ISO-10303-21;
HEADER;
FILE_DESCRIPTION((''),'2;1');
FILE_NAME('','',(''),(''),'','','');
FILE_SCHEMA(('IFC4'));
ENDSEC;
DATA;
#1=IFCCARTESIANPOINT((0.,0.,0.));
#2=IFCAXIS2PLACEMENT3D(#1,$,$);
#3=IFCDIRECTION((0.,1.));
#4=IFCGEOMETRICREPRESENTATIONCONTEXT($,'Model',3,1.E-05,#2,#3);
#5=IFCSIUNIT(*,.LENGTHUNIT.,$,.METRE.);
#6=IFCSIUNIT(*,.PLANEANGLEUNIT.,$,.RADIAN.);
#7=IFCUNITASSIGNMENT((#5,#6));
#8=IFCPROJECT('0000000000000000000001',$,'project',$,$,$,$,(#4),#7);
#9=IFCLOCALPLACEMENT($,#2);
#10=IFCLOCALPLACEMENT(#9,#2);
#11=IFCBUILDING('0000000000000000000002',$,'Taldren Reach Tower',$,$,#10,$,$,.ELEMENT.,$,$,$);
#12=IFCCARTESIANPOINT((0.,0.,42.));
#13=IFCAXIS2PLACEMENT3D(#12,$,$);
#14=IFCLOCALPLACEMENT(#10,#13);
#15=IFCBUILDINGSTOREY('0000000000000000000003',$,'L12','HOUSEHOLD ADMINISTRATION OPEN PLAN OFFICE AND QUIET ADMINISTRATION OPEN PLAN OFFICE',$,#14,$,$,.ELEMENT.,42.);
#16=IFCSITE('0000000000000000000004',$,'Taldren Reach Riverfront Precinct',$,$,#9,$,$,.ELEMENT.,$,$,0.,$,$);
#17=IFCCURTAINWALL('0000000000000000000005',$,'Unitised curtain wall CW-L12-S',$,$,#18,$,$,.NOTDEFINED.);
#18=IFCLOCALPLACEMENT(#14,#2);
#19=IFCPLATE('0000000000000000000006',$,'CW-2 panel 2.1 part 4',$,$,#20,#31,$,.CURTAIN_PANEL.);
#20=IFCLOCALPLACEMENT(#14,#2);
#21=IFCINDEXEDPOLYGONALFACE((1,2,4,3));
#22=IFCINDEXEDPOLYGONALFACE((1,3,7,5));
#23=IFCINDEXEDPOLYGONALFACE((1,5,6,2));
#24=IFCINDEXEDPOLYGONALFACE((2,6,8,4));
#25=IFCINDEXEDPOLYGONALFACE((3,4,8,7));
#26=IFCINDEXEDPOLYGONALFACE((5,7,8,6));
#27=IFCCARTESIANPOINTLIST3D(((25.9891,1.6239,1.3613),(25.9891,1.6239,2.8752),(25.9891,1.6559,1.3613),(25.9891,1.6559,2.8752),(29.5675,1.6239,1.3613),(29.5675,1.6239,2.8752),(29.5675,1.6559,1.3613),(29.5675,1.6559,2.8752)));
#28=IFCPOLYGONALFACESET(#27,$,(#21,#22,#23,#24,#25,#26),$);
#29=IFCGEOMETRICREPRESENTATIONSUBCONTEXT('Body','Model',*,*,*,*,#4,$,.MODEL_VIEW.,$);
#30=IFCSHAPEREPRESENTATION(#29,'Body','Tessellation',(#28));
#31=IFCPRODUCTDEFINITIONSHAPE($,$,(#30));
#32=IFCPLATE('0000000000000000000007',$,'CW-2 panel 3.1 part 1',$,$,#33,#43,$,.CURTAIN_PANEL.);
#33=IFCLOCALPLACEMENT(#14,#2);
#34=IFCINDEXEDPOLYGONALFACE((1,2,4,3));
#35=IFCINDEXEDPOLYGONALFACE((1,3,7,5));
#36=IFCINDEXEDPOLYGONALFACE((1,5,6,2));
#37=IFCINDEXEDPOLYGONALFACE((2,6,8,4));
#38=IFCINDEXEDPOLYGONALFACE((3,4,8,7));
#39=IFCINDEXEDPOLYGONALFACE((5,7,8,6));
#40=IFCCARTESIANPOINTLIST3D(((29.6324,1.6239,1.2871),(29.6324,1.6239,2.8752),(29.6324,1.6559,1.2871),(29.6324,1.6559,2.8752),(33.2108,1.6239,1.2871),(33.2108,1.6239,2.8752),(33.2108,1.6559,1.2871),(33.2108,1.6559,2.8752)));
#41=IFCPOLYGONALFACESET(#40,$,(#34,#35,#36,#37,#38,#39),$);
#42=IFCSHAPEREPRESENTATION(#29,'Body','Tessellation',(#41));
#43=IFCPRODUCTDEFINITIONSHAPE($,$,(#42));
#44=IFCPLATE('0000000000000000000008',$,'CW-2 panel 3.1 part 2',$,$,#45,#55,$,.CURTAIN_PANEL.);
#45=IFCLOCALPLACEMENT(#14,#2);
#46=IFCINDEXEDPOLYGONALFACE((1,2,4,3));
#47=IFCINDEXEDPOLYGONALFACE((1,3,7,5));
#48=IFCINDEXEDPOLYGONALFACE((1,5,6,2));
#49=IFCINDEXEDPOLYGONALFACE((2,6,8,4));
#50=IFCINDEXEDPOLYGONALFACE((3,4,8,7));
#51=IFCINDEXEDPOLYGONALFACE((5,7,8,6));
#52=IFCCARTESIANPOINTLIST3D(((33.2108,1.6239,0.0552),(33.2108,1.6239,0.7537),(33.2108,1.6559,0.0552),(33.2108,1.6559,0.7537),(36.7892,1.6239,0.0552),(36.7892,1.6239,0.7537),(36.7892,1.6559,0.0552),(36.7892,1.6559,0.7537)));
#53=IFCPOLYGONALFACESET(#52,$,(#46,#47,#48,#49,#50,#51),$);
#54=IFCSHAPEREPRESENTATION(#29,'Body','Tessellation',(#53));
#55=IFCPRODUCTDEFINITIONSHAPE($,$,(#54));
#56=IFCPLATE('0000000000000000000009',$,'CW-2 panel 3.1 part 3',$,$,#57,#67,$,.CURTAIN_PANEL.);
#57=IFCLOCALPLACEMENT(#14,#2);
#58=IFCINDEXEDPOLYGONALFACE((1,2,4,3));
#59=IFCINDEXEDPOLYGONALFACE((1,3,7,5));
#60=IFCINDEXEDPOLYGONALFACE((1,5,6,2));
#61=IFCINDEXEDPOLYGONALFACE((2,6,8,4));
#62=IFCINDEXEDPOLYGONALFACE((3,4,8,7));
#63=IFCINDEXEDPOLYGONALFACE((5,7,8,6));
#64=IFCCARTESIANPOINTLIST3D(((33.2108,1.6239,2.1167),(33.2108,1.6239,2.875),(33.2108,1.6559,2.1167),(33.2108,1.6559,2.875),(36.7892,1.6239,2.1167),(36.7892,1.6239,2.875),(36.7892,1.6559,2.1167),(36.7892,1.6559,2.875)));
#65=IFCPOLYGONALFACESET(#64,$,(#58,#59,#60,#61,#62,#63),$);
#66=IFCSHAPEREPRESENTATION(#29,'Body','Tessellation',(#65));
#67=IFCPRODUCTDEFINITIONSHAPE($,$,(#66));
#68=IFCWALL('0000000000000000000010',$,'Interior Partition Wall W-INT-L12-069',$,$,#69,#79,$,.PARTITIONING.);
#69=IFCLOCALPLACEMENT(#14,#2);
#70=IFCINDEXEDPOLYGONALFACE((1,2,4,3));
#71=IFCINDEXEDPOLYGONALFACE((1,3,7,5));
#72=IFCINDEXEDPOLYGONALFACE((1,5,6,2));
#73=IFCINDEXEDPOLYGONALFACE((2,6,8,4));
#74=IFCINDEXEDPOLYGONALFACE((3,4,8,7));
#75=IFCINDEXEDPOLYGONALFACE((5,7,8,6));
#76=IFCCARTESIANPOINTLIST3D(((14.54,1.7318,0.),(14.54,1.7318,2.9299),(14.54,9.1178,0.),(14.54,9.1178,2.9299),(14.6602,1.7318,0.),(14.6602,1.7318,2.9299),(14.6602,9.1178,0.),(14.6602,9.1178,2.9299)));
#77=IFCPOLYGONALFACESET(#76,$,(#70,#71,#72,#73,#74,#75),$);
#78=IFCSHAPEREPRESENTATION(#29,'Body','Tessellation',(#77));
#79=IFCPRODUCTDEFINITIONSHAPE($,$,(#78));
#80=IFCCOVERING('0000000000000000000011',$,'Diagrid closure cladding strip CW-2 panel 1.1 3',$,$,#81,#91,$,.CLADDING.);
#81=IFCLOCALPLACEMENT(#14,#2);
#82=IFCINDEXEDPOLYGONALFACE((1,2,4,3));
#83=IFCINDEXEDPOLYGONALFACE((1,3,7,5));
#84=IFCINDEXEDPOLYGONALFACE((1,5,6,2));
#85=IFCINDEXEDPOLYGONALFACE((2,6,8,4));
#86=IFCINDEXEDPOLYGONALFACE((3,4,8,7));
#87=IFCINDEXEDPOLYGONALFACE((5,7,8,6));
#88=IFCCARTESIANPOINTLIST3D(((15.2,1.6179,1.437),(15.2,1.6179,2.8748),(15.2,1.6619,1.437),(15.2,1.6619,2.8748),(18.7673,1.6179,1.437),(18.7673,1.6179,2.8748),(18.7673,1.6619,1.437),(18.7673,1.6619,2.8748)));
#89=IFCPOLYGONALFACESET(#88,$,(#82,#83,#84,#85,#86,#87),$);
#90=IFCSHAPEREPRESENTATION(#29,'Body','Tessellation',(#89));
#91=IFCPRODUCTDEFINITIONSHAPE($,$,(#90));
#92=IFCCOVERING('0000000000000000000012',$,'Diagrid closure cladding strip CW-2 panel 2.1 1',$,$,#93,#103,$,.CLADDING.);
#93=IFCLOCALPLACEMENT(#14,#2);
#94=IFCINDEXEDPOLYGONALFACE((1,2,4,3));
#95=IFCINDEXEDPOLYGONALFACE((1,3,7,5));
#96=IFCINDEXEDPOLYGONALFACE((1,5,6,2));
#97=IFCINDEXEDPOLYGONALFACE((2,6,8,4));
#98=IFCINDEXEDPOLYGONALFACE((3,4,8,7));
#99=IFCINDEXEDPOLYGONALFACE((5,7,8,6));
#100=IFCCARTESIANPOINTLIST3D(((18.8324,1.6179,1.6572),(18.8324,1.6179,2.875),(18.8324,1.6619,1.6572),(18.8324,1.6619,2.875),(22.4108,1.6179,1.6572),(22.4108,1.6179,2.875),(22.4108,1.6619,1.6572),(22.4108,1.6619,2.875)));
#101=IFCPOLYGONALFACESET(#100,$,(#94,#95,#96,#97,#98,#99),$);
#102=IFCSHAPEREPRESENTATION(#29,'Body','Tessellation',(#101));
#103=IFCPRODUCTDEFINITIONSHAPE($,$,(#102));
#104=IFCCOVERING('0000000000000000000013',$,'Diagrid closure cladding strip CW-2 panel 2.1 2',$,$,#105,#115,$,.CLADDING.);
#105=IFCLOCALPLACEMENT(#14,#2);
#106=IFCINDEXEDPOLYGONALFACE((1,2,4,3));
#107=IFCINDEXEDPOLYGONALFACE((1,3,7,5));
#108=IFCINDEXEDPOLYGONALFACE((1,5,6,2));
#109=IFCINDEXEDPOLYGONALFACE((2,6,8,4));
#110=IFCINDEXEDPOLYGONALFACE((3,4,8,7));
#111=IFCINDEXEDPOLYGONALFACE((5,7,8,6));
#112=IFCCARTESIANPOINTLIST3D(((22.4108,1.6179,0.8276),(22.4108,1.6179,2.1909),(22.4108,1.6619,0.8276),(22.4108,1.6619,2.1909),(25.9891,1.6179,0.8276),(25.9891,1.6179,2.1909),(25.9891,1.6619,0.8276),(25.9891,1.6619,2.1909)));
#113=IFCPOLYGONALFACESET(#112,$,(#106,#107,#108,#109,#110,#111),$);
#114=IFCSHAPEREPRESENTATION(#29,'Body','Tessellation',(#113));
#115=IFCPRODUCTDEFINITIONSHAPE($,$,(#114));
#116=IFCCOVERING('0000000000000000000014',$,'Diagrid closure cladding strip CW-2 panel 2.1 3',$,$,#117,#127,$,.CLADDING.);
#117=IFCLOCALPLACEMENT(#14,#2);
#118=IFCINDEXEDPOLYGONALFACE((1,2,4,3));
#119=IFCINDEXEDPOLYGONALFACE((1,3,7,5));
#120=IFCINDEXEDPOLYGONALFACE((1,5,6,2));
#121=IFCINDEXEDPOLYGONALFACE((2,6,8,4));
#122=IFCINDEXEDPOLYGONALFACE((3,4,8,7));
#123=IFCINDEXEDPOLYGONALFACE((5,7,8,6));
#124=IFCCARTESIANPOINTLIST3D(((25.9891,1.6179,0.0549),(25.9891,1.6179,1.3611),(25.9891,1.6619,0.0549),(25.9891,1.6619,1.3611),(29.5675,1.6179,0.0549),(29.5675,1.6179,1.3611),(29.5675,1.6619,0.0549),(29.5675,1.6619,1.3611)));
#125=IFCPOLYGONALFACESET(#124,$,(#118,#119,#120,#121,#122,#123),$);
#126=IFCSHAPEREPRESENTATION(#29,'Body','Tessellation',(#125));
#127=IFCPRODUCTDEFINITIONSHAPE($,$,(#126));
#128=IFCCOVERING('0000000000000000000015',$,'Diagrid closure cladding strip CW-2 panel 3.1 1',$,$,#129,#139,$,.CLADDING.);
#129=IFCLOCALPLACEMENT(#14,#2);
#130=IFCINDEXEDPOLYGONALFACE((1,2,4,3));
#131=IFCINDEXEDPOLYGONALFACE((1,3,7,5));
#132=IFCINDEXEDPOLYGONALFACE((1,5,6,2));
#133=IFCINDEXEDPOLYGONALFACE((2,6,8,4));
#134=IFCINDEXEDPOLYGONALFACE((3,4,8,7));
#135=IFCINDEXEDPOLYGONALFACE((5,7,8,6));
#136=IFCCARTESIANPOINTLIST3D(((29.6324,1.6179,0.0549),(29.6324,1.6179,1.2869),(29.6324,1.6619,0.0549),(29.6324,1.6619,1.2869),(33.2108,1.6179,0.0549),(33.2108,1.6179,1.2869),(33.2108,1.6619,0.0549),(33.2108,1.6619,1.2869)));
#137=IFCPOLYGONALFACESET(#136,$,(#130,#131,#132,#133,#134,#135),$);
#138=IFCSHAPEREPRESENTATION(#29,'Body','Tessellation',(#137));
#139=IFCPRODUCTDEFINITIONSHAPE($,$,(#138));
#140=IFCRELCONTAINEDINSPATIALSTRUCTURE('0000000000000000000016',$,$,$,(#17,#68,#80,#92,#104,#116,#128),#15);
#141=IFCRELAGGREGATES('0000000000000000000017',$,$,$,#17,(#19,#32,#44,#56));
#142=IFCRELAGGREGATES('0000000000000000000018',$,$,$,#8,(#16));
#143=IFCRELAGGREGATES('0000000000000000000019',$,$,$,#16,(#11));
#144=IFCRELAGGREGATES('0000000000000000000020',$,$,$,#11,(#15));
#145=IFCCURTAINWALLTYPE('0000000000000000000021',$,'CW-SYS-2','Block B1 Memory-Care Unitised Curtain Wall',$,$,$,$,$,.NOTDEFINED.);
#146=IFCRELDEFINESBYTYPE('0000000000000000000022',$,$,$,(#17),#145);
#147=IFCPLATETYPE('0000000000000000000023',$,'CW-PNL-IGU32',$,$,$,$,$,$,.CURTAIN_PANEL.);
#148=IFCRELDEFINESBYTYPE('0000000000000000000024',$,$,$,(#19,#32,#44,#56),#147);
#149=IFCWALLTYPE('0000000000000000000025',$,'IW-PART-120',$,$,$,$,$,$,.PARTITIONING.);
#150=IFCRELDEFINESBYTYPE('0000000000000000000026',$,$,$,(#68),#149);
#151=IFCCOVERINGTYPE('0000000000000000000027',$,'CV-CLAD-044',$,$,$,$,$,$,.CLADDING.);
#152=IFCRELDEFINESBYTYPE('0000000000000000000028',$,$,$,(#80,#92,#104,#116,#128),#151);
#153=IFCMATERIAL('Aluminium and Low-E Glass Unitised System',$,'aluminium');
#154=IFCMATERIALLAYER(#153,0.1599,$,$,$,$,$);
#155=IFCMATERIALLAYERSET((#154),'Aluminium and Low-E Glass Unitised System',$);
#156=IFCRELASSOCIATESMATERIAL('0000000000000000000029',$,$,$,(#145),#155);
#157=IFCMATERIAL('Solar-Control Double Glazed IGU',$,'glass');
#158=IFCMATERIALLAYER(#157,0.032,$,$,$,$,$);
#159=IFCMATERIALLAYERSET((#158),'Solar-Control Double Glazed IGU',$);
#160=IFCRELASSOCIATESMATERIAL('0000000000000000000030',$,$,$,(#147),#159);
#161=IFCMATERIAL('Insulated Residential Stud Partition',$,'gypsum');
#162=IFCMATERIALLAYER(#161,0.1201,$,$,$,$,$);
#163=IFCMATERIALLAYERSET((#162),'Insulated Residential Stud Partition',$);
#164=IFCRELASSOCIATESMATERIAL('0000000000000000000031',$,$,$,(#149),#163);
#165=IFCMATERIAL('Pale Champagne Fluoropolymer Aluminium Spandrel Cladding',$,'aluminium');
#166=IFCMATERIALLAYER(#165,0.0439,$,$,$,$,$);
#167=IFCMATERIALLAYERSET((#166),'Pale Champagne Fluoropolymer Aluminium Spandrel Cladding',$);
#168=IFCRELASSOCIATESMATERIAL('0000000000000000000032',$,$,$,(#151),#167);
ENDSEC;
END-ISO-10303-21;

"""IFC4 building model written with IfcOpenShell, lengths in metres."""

from ifc_helpers import new_model, si_unit, direction, frame, frame_2d, origin, origin_2d, place, context, subcontext, project, spatial, rectangle, extrude, source, transform, mapped, material, layer, layer_set, type_object, element, aggregate, save


model = new_model("IFC4")

# Units and contexts
model_context = context("Model", 3, precision=1e-05, world=origin(), true_north=direction((0.0, 1.0)))
body_context = subcontext(model_context, "Body", "Model", "MODEL_VIEW")
ifc_project = project(units=[si_unit("LENGTHUNIT", "METRE"), si_unit("PLANEANGLEUNIT", "RADIAN")], contexts=[model_context])

# Site, building, storey
site_placement = place(None, origin())
site = spatial("IfcSite", under=ifc_project, at=site_placement, Name="Taldren Reach Riverfront Precinct", CompositionType="ELEMENT", RefElevation=0.0)
building_placement = place(site_placement, origin())
building = spatial("IfcBuilding", under=site, at=building_placement, Name="Taldren Reach Tower", CompositionType="ELEMENT")
storey_placement = place(building_placement, frame((0.0, 0.0, 42.0)))
storey = spatial("IfcBuildingStorey", under=building, at=storey_placement, Name="L12", Description="HOUSEHOLD ADMINISTRATION OPEN PLAN OFFICE AND QUIET ADMINISTRATION OPEN PLAN OFFICE", CompositionType="ELEMENT", Elevation=42.0)

# Curtain wall
ifc_material_1 = material(Name="Aluminium and Low-E Glass Unitised System", Category="aluminium")
ifc_layer_1 = layer(ifc_material_1, 0.1599)
ifc_layer_set_1 = layer_set([ifc_layer_1], Name="Aluminium and Low-E Glass Unitised System")
curtain_wall_type = type_object("IfcCurtainWallType", Name="CW-SYS-2", Description="Block B1 Memory-Care Unitised Curtain Wall", PredefinedType="NOTDEFINED", material=ifc_layer_set_1)
curtain_wall_placement = place(storey_placement, origin())
curtain_wall = element("IfcCurtainWall", 1, at=curtain_wall_placement, inside=storey, type_object=curtain_wall_type, Name="Unitised curtain wall CW-L12-S", PredefinedType="NOTDEFINED")

# Plates
ifc_material_2 = material(Name="Solar-Control Double Glazed IGU", Category="glass")
ifc_layer_2 = layer(ifc_material_2, 0.032)
ifc_layer_set_2 = layer_set([ifc_layer_2], Name="Solar-Control Double Glazed IGU")
plate_type_1 = type_object("IfcPlateType", Name="CW-PNL-IGU32", PredefinedType="CURTAIN_PANEL", material=ifc_layer_set_2)
shared_shape_1 = source(origin(), body_context, "Body", "SweptSolid", [
    extrude(rectangle(XDim=3.5784, YDim=0.032, at=origin_2d()), origin(), (0.0, 0.0, 1.0), 1.5139),
])
plate_1_placement = place(storey_placement, frame((27.7783, 1.6399, 1.3613), z_axis=(0.0, 0.0, 1.0), x_axis=(1.0, 0.0, 0.0)))
plate_1 = element("IfcPlate", 2, at=plate_1_placement, type_object=plate_type_1, Name="CW-2 panel 2.1 part 4", PredefinedType="CURTAIN_PANEL", context=body_context, shape_type="MappedRepresentation", body=[
    mapped(shared_shape_1, transform((0.0, 0.0, 0.0), scale=1.0)),
])
shared_shape_2 = source(origin(), body_context, "Body", "SweptSolid", [
    extrude(rectangle(XDim=3.5784, YDim=0.032, at=origin_2d()), origin(), (0.0, 0.0, 1.0), 1.5881),
])
plate_2_placement = place(storey_placement, frame((31.4216, 1.6399, 1.2871), z_axis=(0.0, 0.0, 1.0), x_axis=(1.0, 0.0, 0.0)))
plate_2 = element("IfcPlate", 3, at=plate_2_placement, type_object=plate_type_1, Name="CW-2 panel 3.1 part 1", PredefinedType="CURTAIN_PANEL", context=body_context, shape_type="MappedRepresentation", body=[
    mapped(shared_shape_2, transform((0.0, 0.0, 0.0), scale=1.0)),
])
shared_shape_3 = source(origin(), body_context, "Body", "SweptSolid", [
    extrude(rectangle(XDim=3.5784, YDim=0.032, at=origin_2d()), origin(), (0.0, 0.0, 1.0), 0.6985),
])
plate_3_placement = place(storey_placement, frame((35.0, 1.6399, 0.0552), z_axis=(0.0, 0.0, 1.0), x_axis=(1.0, 0.0, 0.0)))
plate_3 = element("IfcPlate", 4, at=plate_3_placement, type_object=plate_type_1, Name="CW-2 panel 3.1 part 2", PredefinedType="CURTAIN_PANEL", context=body_context, shape_type="MappedRepresentation", body=[
    mapped(shared_shape_3, transform((0.0, 0.0, 0.0), scale=1.0)),
])
shared_shape_4 = source(origin(), body_context, "Body", "SweptSolid", [
    extrude(rectangle(XDim=3.5784, YDim=0.032, at=origin_2d()), origin(), (0.0, 0.0, 1.0), 0.7583),
])
plate_4_placement = place(storey_placement, frame((35.0, 1.6399, 2.1167), z_axis=(0.0, 0.0, 1.0), x_axis=(1.0, 0.0, 0.0)))
plate_4 = element("IfcPlate", 5, at=plate_4_placement, type_object=plate_type_1, Name="CW-2 panel 3.1 part 3", PredefinedType="CURTAIN_PANEL", context=body_context, shape_type="MappedRepresentation", body=[
    mapped(shared_shape_4, transform((0.0, 0.0, 0.0), scale=1.0)),
])
aggregate(curtain_wall, [plate_1, plate_2, plate_3, plate_4])

# Wall
ifc_material_3 = material(Name="Insulated Residential Stud Partition", Category="gypsum")
ifc_layer_3 = layer(ifc_material_3, 0.1201)
ifc_layer_set_3 = layer_set([ifc_layer_3], Name="Insulated Residential Stud Partition")
wall_type = type_object("IfcWallType", Name="IW-PART-120", PredefinedType="PARTITIONING", material=ifc_layer_set_3)
shared_shape_5 = source(origin(), body_context, "Body", "SweptSolid", [
    extrude(rectangle(XDim=7.386, YDim=0.1201, at=frame_2d((3.6929, 0.0))), origin(), (0.0, 0.0, 1.0), 2.9299),
])
wall_placement = place(storey_placement, frame((14.6001, 1.7319, 0.0), z_axis=(0.0, 0.0, 1.0), x_axis=(0.0, 1.0, 0.0)))
element("IfcWall", 6, at=wall_placement, inside=storey, type_object=wall_type, Name="Interior Partition Wall W-INT-L12-069", PredefinedType="PARTITIONING", context=body_context, shape_type="MappedRepresentation", body=[
    mapped(shared_shape_5, transform((0.0, 0.0, 0.0), scale=1.0)),
])

# Coverings
ifc_material_4 = material(Name="Pale Champagne Fluoropolymer Aluminium Spandrel Cladding", Category="aluminium")
ifc_layer_4 = layer(ifc_material_4, 0.0439)
ifc_layer_set_4 = layer_set([ifc_layer_4], Name="Pale Champagne Fluoropolymer Aluminium Spandrel Cladding")
covering_type = type_object("IfcCoveringType", Name="CV-CLAD-044", PredefinedType="CLADDING", material=ifc_layer_set_4)
shared_shape_6 = source(origin(), body_context, "Body", "SweptSolid", [
    extrude(rectangle(XDim=3.5674, YDim=0.0439, at=origin_2d()), origin(), (0.0, 0.0, 1.0), 1.4377),
])
covering_1_placement = place(storey_placement, frame((16.9836, 1.6399, 1.437), z_axis=(0.0, 0.0, 1.0), x_axis=(1.0, 0.0, 0.0)))
element("IfcCovering", 7, at=covering_1_placement, inside=storey, type_object=covering_type, Name="Diagrid closure cladding strip CW-2 panel 1.1 3", PredefinedType="CLADDING", context=body_context, shape_type="MappedRepresentation", body=[
    mapped(shared_shape_6, transform((0.0, 0.0, 0.0), scale=1.0)),
])
shared_shape_7 = source(origin(), body_context, "Body", "SweptSolid", [
    extrude(rectangle(XDim=3.5784, YDim=0.0439, at=origin_2d()), origin(), (0.0, 0.0, 1.0), 1.2178),
])
covering_2_placement = place(storey_placement, frame((20.6216, 1.6399, 1.6572), z_axis=(0.0, 0.0, 1.0), x_axis=(1.0, 0.0, 0.0)))
element("IfcCovering", 8, at=covering_2_placement, inside=storey, type_object=covering_type, Name="Diagrid closure cladding strip CW-2 panel 2.1 1", PredefinedType="CLADDING", context=body_context, shape_type="MappedRepresentation", body=[
    mapped(shared_shape_7, transform((0.0, 0.0, 0.0), scale=1.0)),
])
shared_shape_8 = source(origin(), body_context, "Body", "SweptSolid", [
    extrude(rectangle(XDim=3.5784, YDim=0.0439, at=origin_2d()), origin(), (0.0, 0.0, 1.0), 1.3633),
])
covering_3_placement = place(storey_placement, frame((24.2, 1.6399, 0.8276), z_axis=(0.0, 0.0, 1.0), x_axis=(1.0, 0.0, 0.0)))
element("IfcCovering", 9, at=covering_3_placement, inside=storey, type_object=covering_type, Name="Diagrid closure cladding strip CW-2 panel 2.1 2", PredefinedType="CLADDING", context=body_context, shape_type="MappedRepresentation", body=[
    mapped(shared_shape_8, transform((0.0, 0.0, 0.0), scale=1.0)),
])
shared_shape_9 = source(origin(), body_context, "Body", "SweptSolid", [
    extrude(rectangle(XDim=3.5784, YDim=0.0439, at=origin_2d()), origin(), (0.0, 0.0, 1.0), 1.3062),
])
covering_4_placement = place(storey_placement, frame((27.7783, 1.6399, 0.0549), z_axis=(0.0, 0.0, 1.0), x_axis=(1.0, 0.0, 0.0)))
element("IfcCovering", 10, at=covering_4_placement, inside=storey, type_object=covering_type, Name="Diagrid closure cladding strip CW-2 panel 2.1 3", PredefinedType="CLADDING", context=body_context, shape_type="MappedRepresentation", body=[
    mapped(shared_shape_9, transform((0.0, 0.0, 0.0), scale=1.0)),
])
shared_shape_10 = source(origin(), body_context, "Body", "SweptSolid", [
    extrude(rectangle(XDim=3.5784, YDim=0.0439, at=origin_2d()), origin(), (0.0, 0.0, 1.0), 1.2319),
])
covering_5_placement = place(storey_placement, frame((31.4216, 1.6399, 0.0549), z_axis=(0.0, 0.0, 1.0), x_axis=(1.0, 0.0, 0.0)))
element("IfcCovering", 11, at=covering_5_placement, inside=storey, type_object=covering_type, Name="Diagrid closure cladding strip CW-2 panel 3.1 1", PredefinedType="CLADDING", context=body_context, shape_type="MappedRepresentation", body=[
    mapped(shared_shape_10, transform((0.0, 0.0, 0.0), scale=1.0)),
])

save(model, "model.ifc")
